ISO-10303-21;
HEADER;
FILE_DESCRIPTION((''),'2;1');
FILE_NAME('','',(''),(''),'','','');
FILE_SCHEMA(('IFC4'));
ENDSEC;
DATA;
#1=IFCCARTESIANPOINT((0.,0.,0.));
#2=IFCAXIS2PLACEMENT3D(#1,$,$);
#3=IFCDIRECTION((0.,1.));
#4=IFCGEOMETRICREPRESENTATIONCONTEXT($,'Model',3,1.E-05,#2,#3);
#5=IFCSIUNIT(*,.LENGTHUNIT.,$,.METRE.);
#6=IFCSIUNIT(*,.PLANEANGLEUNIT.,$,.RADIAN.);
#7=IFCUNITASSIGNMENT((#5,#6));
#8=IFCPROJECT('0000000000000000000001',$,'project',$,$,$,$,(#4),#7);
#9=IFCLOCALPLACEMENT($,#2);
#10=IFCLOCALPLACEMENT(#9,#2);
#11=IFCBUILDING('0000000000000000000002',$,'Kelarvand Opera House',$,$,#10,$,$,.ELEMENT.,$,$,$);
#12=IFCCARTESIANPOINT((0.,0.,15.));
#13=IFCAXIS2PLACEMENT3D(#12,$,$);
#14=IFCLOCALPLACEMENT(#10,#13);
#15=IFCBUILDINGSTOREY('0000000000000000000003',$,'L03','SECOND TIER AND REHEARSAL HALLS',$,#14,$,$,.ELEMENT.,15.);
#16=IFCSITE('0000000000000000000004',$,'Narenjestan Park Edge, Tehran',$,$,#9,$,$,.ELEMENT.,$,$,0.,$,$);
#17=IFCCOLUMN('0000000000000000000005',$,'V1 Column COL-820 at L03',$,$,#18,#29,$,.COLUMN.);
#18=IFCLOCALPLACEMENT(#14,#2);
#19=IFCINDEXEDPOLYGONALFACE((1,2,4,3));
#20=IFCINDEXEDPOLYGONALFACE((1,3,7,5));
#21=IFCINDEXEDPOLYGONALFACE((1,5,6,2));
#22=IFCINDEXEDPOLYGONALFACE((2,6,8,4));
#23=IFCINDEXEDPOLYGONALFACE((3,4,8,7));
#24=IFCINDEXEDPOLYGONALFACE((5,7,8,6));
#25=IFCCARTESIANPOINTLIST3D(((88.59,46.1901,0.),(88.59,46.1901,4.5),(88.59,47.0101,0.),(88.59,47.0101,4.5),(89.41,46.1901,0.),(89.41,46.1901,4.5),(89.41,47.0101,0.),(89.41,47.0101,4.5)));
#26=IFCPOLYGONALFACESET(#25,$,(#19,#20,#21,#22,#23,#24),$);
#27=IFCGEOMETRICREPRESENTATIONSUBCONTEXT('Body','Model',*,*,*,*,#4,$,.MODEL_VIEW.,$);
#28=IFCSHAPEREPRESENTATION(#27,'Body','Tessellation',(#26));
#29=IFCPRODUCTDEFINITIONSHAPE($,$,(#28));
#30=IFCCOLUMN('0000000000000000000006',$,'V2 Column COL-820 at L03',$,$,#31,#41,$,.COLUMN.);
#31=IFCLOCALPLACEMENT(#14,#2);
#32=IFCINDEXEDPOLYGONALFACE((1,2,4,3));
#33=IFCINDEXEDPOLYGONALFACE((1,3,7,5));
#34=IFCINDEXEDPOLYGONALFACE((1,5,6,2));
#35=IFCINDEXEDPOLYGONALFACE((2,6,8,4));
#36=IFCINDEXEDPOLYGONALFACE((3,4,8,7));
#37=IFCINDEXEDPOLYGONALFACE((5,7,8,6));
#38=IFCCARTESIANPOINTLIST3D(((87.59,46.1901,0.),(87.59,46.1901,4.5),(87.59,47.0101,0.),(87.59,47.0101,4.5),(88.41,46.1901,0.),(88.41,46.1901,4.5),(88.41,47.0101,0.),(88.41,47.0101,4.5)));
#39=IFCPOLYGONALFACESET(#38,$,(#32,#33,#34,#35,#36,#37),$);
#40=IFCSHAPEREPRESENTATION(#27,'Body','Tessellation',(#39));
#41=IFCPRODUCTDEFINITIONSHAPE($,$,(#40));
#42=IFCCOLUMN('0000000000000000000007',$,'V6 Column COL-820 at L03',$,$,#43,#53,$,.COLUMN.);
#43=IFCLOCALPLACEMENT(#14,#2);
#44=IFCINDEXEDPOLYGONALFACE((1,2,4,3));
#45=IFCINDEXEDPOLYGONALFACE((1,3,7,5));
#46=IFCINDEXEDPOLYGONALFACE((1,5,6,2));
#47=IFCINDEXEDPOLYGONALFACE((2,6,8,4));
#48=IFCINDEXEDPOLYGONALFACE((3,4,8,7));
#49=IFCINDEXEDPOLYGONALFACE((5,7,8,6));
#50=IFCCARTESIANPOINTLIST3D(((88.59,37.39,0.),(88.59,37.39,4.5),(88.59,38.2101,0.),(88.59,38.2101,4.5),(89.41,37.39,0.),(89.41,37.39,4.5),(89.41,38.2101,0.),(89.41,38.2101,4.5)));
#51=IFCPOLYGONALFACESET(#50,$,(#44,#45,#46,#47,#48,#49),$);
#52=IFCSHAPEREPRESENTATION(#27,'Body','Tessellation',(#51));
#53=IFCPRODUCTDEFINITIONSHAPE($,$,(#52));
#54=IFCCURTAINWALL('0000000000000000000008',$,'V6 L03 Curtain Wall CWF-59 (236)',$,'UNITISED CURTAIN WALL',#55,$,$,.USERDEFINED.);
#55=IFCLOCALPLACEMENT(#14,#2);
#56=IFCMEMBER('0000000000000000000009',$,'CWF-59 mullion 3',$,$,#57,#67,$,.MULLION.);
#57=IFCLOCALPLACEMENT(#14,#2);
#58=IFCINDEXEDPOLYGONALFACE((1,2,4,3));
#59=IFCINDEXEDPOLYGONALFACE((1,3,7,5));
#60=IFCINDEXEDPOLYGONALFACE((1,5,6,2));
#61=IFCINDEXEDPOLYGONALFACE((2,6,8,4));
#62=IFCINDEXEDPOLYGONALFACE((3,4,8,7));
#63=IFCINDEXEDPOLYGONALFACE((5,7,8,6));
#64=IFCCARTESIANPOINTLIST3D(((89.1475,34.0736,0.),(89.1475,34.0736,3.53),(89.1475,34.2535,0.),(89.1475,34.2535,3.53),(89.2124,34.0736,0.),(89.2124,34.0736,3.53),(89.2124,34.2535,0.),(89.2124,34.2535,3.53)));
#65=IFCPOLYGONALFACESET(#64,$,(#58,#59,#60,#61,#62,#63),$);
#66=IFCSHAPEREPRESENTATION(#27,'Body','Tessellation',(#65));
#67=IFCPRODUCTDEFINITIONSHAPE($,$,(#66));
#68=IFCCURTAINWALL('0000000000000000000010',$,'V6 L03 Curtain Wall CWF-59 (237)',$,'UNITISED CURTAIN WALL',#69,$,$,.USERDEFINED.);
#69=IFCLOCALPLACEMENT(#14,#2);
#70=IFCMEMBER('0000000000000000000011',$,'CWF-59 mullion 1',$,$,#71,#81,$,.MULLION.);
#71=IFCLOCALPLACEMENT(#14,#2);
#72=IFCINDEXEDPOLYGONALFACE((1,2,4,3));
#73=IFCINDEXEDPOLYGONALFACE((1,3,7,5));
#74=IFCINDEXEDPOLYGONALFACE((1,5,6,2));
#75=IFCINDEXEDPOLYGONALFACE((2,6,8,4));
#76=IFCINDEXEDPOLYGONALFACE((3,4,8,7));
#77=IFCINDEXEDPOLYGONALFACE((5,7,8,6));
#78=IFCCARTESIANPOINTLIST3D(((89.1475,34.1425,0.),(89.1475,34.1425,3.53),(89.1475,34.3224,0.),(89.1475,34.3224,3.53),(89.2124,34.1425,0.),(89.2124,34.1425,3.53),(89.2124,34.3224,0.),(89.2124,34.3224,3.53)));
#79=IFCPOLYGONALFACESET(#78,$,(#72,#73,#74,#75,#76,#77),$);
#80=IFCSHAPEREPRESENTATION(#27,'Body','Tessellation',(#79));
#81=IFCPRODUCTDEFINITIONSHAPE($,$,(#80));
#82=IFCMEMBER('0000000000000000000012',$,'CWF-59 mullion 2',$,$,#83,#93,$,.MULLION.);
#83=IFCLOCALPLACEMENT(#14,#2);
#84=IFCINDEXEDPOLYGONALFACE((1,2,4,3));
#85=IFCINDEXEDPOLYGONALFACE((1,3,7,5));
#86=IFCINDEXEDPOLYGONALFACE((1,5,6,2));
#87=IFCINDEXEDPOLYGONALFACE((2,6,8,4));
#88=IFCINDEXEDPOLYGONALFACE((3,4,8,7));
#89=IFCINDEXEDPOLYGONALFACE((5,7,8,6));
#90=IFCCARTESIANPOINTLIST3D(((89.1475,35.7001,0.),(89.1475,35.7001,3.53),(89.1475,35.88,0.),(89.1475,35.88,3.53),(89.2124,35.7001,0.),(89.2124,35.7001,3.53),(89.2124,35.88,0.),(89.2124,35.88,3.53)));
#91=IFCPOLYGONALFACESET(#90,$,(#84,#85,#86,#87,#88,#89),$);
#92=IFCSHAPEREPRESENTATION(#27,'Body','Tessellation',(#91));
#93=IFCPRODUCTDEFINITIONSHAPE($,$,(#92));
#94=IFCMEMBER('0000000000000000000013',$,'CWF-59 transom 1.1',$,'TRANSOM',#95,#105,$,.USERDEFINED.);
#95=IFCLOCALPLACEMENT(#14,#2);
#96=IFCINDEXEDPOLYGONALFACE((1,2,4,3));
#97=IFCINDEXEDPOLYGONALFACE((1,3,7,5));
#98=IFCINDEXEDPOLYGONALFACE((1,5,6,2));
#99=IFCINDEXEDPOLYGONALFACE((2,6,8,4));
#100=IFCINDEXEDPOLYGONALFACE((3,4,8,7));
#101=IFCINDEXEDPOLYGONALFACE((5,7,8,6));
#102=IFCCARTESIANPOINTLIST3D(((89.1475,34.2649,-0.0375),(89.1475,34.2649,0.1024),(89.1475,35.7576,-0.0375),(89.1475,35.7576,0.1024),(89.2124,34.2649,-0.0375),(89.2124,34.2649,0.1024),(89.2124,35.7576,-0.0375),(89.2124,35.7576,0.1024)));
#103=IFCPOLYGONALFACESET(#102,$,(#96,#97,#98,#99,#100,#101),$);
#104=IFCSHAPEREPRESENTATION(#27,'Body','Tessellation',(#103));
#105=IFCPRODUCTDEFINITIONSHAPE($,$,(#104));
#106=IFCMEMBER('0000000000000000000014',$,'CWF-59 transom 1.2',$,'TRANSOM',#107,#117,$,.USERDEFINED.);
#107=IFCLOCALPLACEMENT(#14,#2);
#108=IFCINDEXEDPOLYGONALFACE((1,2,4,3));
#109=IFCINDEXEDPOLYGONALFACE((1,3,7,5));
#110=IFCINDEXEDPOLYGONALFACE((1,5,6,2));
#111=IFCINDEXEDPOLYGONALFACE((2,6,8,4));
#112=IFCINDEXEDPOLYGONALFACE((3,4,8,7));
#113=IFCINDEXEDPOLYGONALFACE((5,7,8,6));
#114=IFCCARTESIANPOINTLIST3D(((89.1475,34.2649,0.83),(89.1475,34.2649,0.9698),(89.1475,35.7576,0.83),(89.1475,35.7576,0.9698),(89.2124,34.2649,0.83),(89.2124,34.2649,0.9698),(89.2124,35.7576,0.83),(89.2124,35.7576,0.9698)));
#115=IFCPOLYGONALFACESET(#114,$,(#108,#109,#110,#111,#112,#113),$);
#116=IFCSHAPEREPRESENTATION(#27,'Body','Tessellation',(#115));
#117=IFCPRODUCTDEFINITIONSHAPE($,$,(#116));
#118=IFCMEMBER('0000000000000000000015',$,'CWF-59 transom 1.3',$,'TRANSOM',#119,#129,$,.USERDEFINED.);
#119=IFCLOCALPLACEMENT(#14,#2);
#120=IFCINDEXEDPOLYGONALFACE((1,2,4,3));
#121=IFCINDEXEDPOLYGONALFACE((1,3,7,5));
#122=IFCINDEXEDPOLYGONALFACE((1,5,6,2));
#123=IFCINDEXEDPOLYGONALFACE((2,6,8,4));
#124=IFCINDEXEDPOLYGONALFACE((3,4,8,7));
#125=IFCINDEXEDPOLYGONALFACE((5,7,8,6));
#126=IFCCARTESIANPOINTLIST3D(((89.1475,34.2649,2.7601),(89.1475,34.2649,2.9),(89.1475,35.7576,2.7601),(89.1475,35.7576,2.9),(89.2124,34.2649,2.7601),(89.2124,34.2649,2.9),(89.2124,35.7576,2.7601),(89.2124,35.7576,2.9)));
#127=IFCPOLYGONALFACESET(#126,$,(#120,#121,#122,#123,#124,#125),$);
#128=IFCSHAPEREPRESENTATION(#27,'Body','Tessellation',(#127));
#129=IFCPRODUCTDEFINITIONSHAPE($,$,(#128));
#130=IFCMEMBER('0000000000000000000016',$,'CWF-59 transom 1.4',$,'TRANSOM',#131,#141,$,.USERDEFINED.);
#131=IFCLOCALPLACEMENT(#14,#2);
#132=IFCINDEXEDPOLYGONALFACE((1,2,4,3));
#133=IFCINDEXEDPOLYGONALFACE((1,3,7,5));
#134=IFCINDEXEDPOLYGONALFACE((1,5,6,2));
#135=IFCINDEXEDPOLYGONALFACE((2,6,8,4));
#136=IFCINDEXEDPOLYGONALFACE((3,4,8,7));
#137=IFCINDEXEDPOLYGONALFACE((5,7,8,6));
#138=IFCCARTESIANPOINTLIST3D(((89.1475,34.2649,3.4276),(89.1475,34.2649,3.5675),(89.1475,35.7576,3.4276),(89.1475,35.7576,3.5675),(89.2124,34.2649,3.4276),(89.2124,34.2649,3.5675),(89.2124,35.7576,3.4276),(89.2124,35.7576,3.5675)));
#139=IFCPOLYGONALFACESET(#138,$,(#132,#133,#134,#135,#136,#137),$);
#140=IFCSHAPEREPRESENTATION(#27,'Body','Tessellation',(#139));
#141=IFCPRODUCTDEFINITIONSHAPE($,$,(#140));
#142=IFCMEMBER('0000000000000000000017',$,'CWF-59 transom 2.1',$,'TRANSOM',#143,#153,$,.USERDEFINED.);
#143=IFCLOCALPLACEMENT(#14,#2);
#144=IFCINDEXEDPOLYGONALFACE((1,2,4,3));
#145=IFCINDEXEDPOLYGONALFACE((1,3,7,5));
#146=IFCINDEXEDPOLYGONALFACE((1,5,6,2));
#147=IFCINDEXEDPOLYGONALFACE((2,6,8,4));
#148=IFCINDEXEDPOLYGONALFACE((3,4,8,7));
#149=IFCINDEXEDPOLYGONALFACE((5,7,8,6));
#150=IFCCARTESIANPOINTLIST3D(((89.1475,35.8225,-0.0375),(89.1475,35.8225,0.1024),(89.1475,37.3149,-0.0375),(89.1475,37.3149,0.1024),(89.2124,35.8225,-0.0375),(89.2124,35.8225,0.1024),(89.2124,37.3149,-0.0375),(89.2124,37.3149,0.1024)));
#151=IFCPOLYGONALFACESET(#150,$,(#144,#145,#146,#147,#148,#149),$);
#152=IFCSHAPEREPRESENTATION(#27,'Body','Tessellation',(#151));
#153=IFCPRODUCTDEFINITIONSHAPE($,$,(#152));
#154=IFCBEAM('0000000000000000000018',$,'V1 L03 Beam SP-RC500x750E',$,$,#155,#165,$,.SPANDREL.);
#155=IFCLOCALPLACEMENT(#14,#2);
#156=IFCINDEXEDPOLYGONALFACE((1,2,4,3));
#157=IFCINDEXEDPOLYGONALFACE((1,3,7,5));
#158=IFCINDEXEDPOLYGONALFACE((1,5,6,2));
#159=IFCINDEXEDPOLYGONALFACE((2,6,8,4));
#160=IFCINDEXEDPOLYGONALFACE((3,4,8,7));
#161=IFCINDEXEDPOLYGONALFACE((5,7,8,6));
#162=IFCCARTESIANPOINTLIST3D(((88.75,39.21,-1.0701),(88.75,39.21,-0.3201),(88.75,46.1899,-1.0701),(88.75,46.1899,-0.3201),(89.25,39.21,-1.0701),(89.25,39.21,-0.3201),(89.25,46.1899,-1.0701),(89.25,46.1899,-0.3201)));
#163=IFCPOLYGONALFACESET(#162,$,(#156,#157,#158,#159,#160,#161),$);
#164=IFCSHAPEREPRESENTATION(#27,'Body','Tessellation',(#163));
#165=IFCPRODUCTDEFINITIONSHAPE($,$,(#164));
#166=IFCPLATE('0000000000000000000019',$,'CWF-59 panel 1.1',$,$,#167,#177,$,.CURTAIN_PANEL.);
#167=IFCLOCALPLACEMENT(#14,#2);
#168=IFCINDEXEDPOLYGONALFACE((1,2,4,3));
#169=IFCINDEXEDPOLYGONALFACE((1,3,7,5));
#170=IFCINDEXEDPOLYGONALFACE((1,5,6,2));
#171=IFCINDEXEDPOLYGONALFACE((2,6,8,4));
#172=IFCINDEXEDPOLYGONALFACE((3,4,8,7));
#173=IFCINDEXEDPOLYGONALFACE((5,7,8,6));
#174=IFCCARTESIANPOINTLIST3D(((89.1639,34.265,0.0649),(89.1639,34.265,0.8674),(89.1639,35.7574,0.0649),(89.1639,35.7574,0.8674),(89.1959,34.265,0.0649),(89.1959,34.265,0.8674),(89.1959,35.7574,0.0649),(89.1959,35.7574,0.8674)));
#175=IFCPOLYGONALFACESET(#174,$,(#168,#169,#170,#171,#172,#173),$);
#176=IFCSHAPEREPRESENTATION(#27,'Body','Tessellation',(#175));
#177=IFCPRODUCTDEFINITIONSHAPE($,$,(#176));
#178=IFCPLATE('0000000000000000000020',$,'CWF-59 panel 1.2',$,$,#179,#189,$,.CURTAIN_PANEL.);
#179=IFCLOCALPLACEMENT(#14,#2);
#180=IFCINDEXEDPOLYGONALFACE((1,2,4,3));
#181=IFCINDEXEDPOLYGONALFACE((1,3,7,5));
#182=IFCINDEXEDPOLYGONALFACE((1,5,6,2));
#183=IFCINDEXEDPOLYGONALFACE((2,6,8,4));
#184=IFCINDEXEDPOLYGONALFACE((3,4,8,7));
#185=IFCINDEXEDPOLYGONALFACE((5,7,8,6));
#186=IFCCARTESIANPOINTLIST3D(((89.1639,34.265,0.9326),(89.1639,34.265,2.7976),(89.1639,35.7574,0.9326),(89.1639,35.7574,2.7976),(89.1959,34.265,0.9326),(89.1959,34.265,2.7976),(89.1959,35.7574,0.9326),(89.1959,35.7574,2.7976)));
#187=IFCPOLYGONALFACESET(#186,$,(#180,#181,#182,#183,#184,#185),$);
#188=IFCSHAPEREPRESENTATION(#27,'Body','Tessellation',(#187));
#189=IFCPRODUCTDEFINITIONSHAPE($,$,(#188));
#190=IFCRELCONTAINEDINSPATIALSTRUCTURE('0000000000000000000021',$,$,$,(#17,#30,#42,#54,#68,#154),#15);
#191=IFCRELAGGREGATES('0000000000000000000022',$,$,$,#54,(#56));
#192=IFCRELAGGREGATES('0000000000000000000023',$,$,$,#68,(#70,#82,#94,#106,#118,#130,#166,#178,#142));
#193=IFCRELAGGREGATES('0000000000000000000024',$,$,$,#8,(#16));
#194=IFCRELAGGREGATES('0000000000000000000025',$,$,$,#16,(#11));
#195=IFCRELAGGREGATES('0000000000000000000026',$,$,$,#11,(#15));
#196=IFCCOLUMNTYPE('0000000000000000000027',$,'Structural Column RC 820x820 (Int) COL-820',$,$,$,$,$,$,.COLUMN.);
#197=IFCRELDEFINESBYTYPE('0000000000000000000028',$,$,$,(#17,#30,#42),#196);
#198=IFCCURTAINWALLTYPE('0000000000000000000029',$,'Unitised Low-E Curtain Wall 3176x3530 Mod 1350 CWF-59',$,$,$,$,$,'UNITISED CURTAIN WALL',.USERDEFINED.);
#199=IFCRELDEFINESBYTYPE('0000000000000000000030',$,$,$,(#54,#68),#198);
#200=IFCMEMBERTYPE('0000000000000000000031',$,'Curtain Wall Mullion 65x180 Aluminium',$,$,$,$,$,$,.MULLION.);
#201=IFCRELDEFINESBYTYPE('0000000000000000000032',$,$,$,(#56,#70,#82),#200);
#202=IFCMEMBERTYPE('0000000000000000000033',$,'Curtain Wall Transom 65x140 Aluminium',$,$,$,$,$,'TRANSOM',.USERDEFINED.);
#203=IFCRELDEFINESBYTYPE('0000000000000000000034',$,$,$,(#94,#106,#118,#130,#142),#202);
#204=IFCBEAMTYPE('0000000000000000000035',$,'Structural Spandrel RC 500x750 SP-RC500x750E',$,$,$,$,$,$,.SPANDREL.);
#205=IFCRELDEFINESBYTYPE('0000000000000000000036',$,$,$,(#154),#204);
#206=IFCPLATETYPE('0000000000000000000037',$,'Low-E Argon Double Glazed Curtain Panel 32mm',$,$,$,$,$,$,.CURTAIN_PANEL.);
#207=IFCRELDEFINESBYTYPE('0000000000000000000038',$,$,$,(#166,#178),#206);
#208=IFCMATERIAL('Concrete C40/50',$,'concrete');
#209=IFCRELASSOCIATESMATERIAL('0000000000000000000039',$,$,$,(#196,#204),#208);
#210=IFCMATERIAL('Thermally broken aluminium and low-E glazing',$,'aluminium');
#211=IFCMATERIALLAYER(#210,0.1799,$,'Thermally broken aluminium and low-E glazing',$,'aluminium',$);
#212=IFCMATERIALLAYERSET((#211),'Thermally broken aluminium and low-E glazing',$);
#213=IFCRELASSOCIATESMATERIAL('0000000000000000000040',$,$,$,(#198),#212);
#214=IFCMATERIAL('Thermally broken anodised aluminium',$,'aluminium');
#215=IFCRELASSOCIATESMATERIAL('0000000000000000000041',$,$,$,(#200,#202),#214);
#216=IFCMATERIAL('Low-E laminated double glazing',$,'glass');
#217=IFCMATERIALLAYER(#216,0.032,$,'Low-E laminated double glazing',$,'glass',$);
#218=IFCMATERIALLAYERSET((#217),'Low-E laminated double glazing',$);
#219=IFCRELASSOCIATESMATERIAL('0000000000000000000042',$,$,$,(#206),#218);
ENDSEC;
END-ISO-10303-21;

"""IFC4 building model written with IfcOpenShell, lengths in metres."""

from ifc_helpers import new_model, si_unit, direction, frame, origin, origin_2d, place, context, subcontext, project, spatial, rectangle, extrude, material, layer, layer_set, material_profile, profile_set, type_object, element, aggregate, save


model = new_model("IFC4")

# Units and contexts
model_context = context("Model", 3, precision=1e-05, world=origin(), true_north=direction((0.0, 1.0)))
body_context = subcontext(model_context, "Body", "Model", "MODEL_VIEW")
ifc_project = project(units=[si_unit("LENGTHUNIT", "METRE"), si_unit("PLANEANGLEUNIT", "RADIAN")], contexts=[model_context])

# Site, building, storey
site_placement = place(None, origin())
site = spatial("IfcSite", under=ifc_project, at=site_placement, Name="Narenjestan Park Edge, Tehran", CompositionType="ELEMENT", RefElevation=0.0)
building_placement = place(site_placement, origin())
building = spatial("IfcBuilding", under=site, at=building_placement, Name="Kelarvand Opera House", CompositionType="ELEMENT")
storey_placement = place(building_placement, frame((0.0, 0.0, 15.0)))
storey = spatial("IfcBuildingStorey", under=building, at=storey_placement, Name="L03", Description="SECOND TIER AND REHEARSAL HALLS", CompositionType="ELEMENT", Elevation=15.0)

# Columns
ifc_material_1 = material(Name="Concrete C40/50", Category="concrete")
ifc_material_profile_1 = material_profile(ifc_material_1, rectangle(XDim=0.8201, YDim=0.8201, at=origin_2d()), Name="RC 820x820", Category="concrete")
ifc_profile_set_1 = profile_set([ifc_material_profile_1], Name="Concrete C40/50")
column_type = type_object("IfcColumnType", Name="Structural Column RC 820x820 (Int) COL-820", PredefinedType="COLUMN", material=ifc_profile_set_1)
for number, where, z_axis, x_axis, name in (
    (1, (89.0, 46.6001, 0.0), (0.0, 0.0, 1.0), (1.0, 0.0, 0.0), "V1 Column COL-820 at L03"),
    (2, (88.0, 46.6001, 0.0), (0.0, 0.0, 1.0), (1.0, 0.0, 0.0), "V2 Column COL-820 at L03"),
    (3, (89.0, 37.8, 0.0), (0.0, 0.0, 1.0), (1.0, 0.0, 0.0), "V6 Column COL-820 at L03"),
):
    element("IfcColumn", number, at=place(storey_placement, frame(where, z_axis=z_axis, x_axis=x_axis)), inside=storey, type_object=column_type, Name=name, PredefinedType="COLUMN", context=body_context, shape_type="SweptSolid", body=[
        extrude(rectangle(XDim=0.8201, YDim=0.8201, at=origin_2d()), origin(), (0.0, 0.0, 1.0), 4.5),
    ])

# Curtain wall, member
ifc_material_2 = material(Name="Thermally broken aluminium and low-E glazing", Category="aluminium")
ifc_layer_1 = layer(ifc_material_2, 0.1799, Name="Thermally broken aluminium and low-E glazing", Category="aluminium")
ifc_layer_set_1 = layer_set([ifc_layer_1], Name="Thermally broken aluminium and low-E glazing")
curtain_wall_type = type_object("IfcCurtainWallType", Name="Unitised Low-E Curtain Wall 3176x3530 Mod 1350 CWF-59", ElementType="UNITISED CURTAIN WALL", PredefinedType="USERDEFINED", material=ifc_layer_set_1)
curtain_wall_1_placement = place(storey_placement, origin())
curtain_wall_1 = element("IfcCurtainWall", 4, at=curtain_wall_1_placement, inside=storey, type_object=curtain_wall_type, Name="V6 L03 Curtain Wall CWF-59 (236)", ObjectType="UNITISED CURTAIN WALL", PredefinedType="USERDEFINED")
ifc_material_3 = material(Name="Thermally broken anodised aluminium", Category="aluminium")
ifc_material_profile_2 = material_profile(ifc_material_3, rectangle(XDim=0.0649, YDim=0.1799, at=origin_2d()), Name="ALU MULLION 65x180", Category="aluminium")
ifc_profile_set_2 = profile_set([ifc_material_profile_2], Name="Thermally broken anodised aluminium")
member_type_1 = type_object("IfcMemberType", Name="Curtain Wall Mullion 65x180 Aluminium", PredefinedType="MULLION", material=ifc_profile_set_2)
member_1_placement = place(storey_placement, frame((89.1799, 34.1636, 0.0), z_axis=(0.0, 0.0, 1.0), x_axis=(-1.0, 0.0, 0.0)))
member_1 = element("IfcMember", 5, at=member_1_placement, type_object=member_type_1, Name="CWF-59 mullion 3", PredefinedType="MULLION", context=body_context, shape_type="SweptSolid", body=[
    extrude(rectangle(XDim=0.0649, YDim=0.1799, at=origin_2d()), origin(), (0.0, 0.0, 1.0), 3.53),
])
aggregate(curtain_wall_1, [member_1])

# Curtain wall, members
curtain_wall_2_placement = place(storey_placement, origin())
curtain_wall_2 = element("IfcCurtainWall", 6, at=curtain_wall_2_placement, inside=storey, type_object=curtain_wall_type, Name="V6 L03 Curtain Wall CWF-59 (237)", ObjectType="UNITISED CURTAIN WALL", PredefinedType="USERDEFINED")
member_2_placement = place(storey_placement, frame((89.1799, 34.2324, 0.0), z_axis=(0.0, 0.0, 1.0), x_axis=(-1.0, 0.0, 0.0)))
member_2 = element("IfcMember", 7, at=member_2_placement, type_object=member_type_1, Name="CWF-59 mullion 1", PredefinedType="MULLION", context=body_context, shape_type="SweptSolid", body=[
    extrude(rectangle(XDim=0.0649, YDim=0.1799, at=origin_2d()), origin(), (0.0, 0.0, 1.0), 3.53),
])
member_3_placement = place(storey_placement, frame((89.1799, 35.79, 0.0), z_axis=(0.0, 0.0, 1.0), x_axis=(-1.0, 0.0, 0.0)))
member_3 = element("IfcMember", 8, at=member_3_placement, type_object=member_type_1, Name="CWF-59 mullion 2", PredefinedType="MULLION", context=body_context, shape_type="SweptSolid", body=[
    extrude(rectangle(XDim=0.0649, YDim=0.1799, at=origin_2d()), origin(), (0.0, 0.0, 1.0), 3.53),
])
ifc_material_profile_3 = material_profile(ifc_material_3, rectangle(XDim=0.0649, YDim=0.1399, at=origin_2d()), Name="ALU TRANSOM 65x140", Category="aluminium")
ifc_profile_set_3 = profile_set([ifc_material_profile_3], Name="Thermally broken anodised aluminium")
member_type_2 = type_object("IfcMemberType", Name="Curtain Wall Transom 65x140 Aluminium", ElementType="TRANSOM", PredefinedType="USERDEFINED", material=ifc_profile_set_3)
member_4_placement = place(storey_placement, frame((89.1799, 34.2649, 0.0325), z_axis=(0.0, 1.0, 0.0), x_axis=(-1.0, 0.0, 0.0)))
member_4 = element("IfcMember", 9, at=member_4_placement, type_object=member_type_2, Name="CWF-59 transom 1.1", ObjectType="TRANSOM", PredefinedType="USERDEFINED", context=body_context, shape_type="SweptSolid", body=[
    extrude(rectangle(XDim=0.0649, YDim=0.1399, at=origin_2d()), origin(), (0.0, 0.0, 1.0), 1.4927),
])
member_5_placement = place(storey_placement, frame((89.1799, 34.2649, 0.8999), z_axis=(0.0, 1.0, 0.0), x_axis=(-1.0, 0.0, 0.0)))
member_5 = element("IfcMember", 10, at=member_5_placement, type_object=member_type_2, Name="CWF-59 transom 1.2", ObjectType="TRANSOM", PredefinedType="USERDEFINED", context=body_context, shape_type="SweptSolid", body=[
    extrude(rectangle(XDim=0.0649, YDim=0.1399, at=origin_2d()), origin(), (0.0, 0.0, 1.0), 1.4927),
])
member_6_placement = place(storey_placement, frame((89.1799, 34.2649, 2.8301), z_axis=(0.0, 1.0, 0.0), x_axis=(-1.0, 0.0, 0.0)))
member_6 = element("IfcMember", 11, at=member_6_placement, type_object=member_type_2, Name="CWF-59 transom 1.3", ObjectType="TRANSOM", PredefinedType="USERDEFINED", context=body_context, shape_type="SweptSolid", body=[
    extrude(rectangle(XDim=0.0649, YDim=0.1399, at=origin_2d()), origin(), (0.0, 0.0, 1.0), 1.4927),
])
member_7_placement = place(storey_placement, frame((89.1799, 34.2649, 3.4976), z_axis=(0.0, 1.0, 0.0), x_axis=(-1.0, 0.0, 0.0)))
member_7 = element("IfcMember", 12, at=member_7_placement, type_object=member_type_2, Name="CWF-59 transom 1.4", ObjectType="TRANSOM", PredefinedType="USERDEFINED", context=body_context, shape_type="SweptSolid", body=[
    extrude(rectangle(XDim=0.0649, YDim=0.1399, at=origin_2d()), origin(), (0.0, 0.0, 1.0), 1.4927),
])
member_8_placement = place(storey_placement, frame((89.1799, 35.8225, 0.0325), z_axis=(0.0, 1.0, 0.0), x_axis=(-1.0, 0.0, 0.0)))
member_8 = element("IfcMember", 13, at=member_8_placement, type_object=member_type_2, Name="CWF-59 transom 2.1", ObjectType="TRANSOM", PredefinedType="USERDEFINED", context=body_context, shape_type="SweptSolid", body=[
    extrude(rectangle(XDim=0.0649, YDim=0.1399, at=origin_2d()), origin(), (0.0, 0.0, 1.0), 1.4924),
])

# Beam
ifc_material_profile_4 = material_profile(ifc_material_1, rectangle(XDim=0.5, YDim=0.75, at=origin_2d()), Name="RC 500x750", Category="concrete")
ifc_profile_set_4 = profile_set([ifc_material_profile_4], Name="Concrete C40/50")
beam_type = type_object("IfcBeamType", Name="Structural Spandrel RC 500x750 SP-RC500x750E", PredefinedType="SPANDREL", material=ifc_profile_set_4)
beam_placement = place(storey_placement, frame((89.0, 39.21, -0.6951), z_axis=(0.0, 1.0, 0.0), x_axis=(-1.0, 0.0, 0.0)))
element("IfcBeam", 14, at=beam_placement, inside=storey, type_object=beam_type, Name="V1 L03 Beam SP-RC500x750E", PredefinedType="SPANDREL", context=body_context, shape_type="SweptSolid", body=[
    extrude(rectangle(XDim=0.5, YDim=0.75, at=origin_2d()), origin(), (0.0, 0.0, 1.0), 6.98),
])

# Plates
ifc_material_4 = material(Name="Low-E laminated double glazing", Category="glass")
ifc_layer_2 = layer(ifc_material_4, 0.032, Name="Low-E laminated double glazing", Category="glass")
ifc_layer_set_2 = layer_set([ifc_layer_2], Name="Low-E laminated double glazing")
plate_type = type_object("IfcPlateType", Name="Low-E Argon Double Glazed Curtain Panel 32mm", PredefinedType="CURTAIN_PANEL", material=ifc_layer_set_2)
plate_1_placement = place(storey_placement, frame((89.1799, 35.0112, 0.0649), z_axis=(0.0, 0.0, 1.0), x_axis=(0.0, 1.0, 0.0)))
plate_1 = element("IfcPlate", 15, at=plate_1_placement, type_object=plate_type, Name="CWF-59 panel 1.1", PredefinedType="CURTAIN_PANEL", context=body_context, shape_type="SweptSolid", body=[
    extrude(rectangle(XDim=1.4924, YDim=0.032, at=origin_2d()), origin(), (0.0, 0.0, 1.0), 0.8025),
])
plate_2_placement = place(storey_placement, frame((89.1799, 35.0112, 0.9326), z_axis=(0.0, 0.0, 1.0), x_axis=(0.0, 1.0, 0.0)))
plate_2 = element("IfcPlate", 16, at=plate_2_placement, type_object=plate_type, Name="CWF-59 panel 1.2", PredefinedType="CURTAIN_PANEL", context=body_context, shape_type="SweptSolid", body=[
    extrude(rectangle(XDim=1.4924, YDim=0.032, at=origin_2d()), origin(), (0.0, 0.0, 1.0), 1.865),
])
aggregate(curtain_wall_2, [member_2, member_3, member_4, member_5, member_6, member_7, plate_1, plate_2, member_8])

save(model, "model.ifc")
